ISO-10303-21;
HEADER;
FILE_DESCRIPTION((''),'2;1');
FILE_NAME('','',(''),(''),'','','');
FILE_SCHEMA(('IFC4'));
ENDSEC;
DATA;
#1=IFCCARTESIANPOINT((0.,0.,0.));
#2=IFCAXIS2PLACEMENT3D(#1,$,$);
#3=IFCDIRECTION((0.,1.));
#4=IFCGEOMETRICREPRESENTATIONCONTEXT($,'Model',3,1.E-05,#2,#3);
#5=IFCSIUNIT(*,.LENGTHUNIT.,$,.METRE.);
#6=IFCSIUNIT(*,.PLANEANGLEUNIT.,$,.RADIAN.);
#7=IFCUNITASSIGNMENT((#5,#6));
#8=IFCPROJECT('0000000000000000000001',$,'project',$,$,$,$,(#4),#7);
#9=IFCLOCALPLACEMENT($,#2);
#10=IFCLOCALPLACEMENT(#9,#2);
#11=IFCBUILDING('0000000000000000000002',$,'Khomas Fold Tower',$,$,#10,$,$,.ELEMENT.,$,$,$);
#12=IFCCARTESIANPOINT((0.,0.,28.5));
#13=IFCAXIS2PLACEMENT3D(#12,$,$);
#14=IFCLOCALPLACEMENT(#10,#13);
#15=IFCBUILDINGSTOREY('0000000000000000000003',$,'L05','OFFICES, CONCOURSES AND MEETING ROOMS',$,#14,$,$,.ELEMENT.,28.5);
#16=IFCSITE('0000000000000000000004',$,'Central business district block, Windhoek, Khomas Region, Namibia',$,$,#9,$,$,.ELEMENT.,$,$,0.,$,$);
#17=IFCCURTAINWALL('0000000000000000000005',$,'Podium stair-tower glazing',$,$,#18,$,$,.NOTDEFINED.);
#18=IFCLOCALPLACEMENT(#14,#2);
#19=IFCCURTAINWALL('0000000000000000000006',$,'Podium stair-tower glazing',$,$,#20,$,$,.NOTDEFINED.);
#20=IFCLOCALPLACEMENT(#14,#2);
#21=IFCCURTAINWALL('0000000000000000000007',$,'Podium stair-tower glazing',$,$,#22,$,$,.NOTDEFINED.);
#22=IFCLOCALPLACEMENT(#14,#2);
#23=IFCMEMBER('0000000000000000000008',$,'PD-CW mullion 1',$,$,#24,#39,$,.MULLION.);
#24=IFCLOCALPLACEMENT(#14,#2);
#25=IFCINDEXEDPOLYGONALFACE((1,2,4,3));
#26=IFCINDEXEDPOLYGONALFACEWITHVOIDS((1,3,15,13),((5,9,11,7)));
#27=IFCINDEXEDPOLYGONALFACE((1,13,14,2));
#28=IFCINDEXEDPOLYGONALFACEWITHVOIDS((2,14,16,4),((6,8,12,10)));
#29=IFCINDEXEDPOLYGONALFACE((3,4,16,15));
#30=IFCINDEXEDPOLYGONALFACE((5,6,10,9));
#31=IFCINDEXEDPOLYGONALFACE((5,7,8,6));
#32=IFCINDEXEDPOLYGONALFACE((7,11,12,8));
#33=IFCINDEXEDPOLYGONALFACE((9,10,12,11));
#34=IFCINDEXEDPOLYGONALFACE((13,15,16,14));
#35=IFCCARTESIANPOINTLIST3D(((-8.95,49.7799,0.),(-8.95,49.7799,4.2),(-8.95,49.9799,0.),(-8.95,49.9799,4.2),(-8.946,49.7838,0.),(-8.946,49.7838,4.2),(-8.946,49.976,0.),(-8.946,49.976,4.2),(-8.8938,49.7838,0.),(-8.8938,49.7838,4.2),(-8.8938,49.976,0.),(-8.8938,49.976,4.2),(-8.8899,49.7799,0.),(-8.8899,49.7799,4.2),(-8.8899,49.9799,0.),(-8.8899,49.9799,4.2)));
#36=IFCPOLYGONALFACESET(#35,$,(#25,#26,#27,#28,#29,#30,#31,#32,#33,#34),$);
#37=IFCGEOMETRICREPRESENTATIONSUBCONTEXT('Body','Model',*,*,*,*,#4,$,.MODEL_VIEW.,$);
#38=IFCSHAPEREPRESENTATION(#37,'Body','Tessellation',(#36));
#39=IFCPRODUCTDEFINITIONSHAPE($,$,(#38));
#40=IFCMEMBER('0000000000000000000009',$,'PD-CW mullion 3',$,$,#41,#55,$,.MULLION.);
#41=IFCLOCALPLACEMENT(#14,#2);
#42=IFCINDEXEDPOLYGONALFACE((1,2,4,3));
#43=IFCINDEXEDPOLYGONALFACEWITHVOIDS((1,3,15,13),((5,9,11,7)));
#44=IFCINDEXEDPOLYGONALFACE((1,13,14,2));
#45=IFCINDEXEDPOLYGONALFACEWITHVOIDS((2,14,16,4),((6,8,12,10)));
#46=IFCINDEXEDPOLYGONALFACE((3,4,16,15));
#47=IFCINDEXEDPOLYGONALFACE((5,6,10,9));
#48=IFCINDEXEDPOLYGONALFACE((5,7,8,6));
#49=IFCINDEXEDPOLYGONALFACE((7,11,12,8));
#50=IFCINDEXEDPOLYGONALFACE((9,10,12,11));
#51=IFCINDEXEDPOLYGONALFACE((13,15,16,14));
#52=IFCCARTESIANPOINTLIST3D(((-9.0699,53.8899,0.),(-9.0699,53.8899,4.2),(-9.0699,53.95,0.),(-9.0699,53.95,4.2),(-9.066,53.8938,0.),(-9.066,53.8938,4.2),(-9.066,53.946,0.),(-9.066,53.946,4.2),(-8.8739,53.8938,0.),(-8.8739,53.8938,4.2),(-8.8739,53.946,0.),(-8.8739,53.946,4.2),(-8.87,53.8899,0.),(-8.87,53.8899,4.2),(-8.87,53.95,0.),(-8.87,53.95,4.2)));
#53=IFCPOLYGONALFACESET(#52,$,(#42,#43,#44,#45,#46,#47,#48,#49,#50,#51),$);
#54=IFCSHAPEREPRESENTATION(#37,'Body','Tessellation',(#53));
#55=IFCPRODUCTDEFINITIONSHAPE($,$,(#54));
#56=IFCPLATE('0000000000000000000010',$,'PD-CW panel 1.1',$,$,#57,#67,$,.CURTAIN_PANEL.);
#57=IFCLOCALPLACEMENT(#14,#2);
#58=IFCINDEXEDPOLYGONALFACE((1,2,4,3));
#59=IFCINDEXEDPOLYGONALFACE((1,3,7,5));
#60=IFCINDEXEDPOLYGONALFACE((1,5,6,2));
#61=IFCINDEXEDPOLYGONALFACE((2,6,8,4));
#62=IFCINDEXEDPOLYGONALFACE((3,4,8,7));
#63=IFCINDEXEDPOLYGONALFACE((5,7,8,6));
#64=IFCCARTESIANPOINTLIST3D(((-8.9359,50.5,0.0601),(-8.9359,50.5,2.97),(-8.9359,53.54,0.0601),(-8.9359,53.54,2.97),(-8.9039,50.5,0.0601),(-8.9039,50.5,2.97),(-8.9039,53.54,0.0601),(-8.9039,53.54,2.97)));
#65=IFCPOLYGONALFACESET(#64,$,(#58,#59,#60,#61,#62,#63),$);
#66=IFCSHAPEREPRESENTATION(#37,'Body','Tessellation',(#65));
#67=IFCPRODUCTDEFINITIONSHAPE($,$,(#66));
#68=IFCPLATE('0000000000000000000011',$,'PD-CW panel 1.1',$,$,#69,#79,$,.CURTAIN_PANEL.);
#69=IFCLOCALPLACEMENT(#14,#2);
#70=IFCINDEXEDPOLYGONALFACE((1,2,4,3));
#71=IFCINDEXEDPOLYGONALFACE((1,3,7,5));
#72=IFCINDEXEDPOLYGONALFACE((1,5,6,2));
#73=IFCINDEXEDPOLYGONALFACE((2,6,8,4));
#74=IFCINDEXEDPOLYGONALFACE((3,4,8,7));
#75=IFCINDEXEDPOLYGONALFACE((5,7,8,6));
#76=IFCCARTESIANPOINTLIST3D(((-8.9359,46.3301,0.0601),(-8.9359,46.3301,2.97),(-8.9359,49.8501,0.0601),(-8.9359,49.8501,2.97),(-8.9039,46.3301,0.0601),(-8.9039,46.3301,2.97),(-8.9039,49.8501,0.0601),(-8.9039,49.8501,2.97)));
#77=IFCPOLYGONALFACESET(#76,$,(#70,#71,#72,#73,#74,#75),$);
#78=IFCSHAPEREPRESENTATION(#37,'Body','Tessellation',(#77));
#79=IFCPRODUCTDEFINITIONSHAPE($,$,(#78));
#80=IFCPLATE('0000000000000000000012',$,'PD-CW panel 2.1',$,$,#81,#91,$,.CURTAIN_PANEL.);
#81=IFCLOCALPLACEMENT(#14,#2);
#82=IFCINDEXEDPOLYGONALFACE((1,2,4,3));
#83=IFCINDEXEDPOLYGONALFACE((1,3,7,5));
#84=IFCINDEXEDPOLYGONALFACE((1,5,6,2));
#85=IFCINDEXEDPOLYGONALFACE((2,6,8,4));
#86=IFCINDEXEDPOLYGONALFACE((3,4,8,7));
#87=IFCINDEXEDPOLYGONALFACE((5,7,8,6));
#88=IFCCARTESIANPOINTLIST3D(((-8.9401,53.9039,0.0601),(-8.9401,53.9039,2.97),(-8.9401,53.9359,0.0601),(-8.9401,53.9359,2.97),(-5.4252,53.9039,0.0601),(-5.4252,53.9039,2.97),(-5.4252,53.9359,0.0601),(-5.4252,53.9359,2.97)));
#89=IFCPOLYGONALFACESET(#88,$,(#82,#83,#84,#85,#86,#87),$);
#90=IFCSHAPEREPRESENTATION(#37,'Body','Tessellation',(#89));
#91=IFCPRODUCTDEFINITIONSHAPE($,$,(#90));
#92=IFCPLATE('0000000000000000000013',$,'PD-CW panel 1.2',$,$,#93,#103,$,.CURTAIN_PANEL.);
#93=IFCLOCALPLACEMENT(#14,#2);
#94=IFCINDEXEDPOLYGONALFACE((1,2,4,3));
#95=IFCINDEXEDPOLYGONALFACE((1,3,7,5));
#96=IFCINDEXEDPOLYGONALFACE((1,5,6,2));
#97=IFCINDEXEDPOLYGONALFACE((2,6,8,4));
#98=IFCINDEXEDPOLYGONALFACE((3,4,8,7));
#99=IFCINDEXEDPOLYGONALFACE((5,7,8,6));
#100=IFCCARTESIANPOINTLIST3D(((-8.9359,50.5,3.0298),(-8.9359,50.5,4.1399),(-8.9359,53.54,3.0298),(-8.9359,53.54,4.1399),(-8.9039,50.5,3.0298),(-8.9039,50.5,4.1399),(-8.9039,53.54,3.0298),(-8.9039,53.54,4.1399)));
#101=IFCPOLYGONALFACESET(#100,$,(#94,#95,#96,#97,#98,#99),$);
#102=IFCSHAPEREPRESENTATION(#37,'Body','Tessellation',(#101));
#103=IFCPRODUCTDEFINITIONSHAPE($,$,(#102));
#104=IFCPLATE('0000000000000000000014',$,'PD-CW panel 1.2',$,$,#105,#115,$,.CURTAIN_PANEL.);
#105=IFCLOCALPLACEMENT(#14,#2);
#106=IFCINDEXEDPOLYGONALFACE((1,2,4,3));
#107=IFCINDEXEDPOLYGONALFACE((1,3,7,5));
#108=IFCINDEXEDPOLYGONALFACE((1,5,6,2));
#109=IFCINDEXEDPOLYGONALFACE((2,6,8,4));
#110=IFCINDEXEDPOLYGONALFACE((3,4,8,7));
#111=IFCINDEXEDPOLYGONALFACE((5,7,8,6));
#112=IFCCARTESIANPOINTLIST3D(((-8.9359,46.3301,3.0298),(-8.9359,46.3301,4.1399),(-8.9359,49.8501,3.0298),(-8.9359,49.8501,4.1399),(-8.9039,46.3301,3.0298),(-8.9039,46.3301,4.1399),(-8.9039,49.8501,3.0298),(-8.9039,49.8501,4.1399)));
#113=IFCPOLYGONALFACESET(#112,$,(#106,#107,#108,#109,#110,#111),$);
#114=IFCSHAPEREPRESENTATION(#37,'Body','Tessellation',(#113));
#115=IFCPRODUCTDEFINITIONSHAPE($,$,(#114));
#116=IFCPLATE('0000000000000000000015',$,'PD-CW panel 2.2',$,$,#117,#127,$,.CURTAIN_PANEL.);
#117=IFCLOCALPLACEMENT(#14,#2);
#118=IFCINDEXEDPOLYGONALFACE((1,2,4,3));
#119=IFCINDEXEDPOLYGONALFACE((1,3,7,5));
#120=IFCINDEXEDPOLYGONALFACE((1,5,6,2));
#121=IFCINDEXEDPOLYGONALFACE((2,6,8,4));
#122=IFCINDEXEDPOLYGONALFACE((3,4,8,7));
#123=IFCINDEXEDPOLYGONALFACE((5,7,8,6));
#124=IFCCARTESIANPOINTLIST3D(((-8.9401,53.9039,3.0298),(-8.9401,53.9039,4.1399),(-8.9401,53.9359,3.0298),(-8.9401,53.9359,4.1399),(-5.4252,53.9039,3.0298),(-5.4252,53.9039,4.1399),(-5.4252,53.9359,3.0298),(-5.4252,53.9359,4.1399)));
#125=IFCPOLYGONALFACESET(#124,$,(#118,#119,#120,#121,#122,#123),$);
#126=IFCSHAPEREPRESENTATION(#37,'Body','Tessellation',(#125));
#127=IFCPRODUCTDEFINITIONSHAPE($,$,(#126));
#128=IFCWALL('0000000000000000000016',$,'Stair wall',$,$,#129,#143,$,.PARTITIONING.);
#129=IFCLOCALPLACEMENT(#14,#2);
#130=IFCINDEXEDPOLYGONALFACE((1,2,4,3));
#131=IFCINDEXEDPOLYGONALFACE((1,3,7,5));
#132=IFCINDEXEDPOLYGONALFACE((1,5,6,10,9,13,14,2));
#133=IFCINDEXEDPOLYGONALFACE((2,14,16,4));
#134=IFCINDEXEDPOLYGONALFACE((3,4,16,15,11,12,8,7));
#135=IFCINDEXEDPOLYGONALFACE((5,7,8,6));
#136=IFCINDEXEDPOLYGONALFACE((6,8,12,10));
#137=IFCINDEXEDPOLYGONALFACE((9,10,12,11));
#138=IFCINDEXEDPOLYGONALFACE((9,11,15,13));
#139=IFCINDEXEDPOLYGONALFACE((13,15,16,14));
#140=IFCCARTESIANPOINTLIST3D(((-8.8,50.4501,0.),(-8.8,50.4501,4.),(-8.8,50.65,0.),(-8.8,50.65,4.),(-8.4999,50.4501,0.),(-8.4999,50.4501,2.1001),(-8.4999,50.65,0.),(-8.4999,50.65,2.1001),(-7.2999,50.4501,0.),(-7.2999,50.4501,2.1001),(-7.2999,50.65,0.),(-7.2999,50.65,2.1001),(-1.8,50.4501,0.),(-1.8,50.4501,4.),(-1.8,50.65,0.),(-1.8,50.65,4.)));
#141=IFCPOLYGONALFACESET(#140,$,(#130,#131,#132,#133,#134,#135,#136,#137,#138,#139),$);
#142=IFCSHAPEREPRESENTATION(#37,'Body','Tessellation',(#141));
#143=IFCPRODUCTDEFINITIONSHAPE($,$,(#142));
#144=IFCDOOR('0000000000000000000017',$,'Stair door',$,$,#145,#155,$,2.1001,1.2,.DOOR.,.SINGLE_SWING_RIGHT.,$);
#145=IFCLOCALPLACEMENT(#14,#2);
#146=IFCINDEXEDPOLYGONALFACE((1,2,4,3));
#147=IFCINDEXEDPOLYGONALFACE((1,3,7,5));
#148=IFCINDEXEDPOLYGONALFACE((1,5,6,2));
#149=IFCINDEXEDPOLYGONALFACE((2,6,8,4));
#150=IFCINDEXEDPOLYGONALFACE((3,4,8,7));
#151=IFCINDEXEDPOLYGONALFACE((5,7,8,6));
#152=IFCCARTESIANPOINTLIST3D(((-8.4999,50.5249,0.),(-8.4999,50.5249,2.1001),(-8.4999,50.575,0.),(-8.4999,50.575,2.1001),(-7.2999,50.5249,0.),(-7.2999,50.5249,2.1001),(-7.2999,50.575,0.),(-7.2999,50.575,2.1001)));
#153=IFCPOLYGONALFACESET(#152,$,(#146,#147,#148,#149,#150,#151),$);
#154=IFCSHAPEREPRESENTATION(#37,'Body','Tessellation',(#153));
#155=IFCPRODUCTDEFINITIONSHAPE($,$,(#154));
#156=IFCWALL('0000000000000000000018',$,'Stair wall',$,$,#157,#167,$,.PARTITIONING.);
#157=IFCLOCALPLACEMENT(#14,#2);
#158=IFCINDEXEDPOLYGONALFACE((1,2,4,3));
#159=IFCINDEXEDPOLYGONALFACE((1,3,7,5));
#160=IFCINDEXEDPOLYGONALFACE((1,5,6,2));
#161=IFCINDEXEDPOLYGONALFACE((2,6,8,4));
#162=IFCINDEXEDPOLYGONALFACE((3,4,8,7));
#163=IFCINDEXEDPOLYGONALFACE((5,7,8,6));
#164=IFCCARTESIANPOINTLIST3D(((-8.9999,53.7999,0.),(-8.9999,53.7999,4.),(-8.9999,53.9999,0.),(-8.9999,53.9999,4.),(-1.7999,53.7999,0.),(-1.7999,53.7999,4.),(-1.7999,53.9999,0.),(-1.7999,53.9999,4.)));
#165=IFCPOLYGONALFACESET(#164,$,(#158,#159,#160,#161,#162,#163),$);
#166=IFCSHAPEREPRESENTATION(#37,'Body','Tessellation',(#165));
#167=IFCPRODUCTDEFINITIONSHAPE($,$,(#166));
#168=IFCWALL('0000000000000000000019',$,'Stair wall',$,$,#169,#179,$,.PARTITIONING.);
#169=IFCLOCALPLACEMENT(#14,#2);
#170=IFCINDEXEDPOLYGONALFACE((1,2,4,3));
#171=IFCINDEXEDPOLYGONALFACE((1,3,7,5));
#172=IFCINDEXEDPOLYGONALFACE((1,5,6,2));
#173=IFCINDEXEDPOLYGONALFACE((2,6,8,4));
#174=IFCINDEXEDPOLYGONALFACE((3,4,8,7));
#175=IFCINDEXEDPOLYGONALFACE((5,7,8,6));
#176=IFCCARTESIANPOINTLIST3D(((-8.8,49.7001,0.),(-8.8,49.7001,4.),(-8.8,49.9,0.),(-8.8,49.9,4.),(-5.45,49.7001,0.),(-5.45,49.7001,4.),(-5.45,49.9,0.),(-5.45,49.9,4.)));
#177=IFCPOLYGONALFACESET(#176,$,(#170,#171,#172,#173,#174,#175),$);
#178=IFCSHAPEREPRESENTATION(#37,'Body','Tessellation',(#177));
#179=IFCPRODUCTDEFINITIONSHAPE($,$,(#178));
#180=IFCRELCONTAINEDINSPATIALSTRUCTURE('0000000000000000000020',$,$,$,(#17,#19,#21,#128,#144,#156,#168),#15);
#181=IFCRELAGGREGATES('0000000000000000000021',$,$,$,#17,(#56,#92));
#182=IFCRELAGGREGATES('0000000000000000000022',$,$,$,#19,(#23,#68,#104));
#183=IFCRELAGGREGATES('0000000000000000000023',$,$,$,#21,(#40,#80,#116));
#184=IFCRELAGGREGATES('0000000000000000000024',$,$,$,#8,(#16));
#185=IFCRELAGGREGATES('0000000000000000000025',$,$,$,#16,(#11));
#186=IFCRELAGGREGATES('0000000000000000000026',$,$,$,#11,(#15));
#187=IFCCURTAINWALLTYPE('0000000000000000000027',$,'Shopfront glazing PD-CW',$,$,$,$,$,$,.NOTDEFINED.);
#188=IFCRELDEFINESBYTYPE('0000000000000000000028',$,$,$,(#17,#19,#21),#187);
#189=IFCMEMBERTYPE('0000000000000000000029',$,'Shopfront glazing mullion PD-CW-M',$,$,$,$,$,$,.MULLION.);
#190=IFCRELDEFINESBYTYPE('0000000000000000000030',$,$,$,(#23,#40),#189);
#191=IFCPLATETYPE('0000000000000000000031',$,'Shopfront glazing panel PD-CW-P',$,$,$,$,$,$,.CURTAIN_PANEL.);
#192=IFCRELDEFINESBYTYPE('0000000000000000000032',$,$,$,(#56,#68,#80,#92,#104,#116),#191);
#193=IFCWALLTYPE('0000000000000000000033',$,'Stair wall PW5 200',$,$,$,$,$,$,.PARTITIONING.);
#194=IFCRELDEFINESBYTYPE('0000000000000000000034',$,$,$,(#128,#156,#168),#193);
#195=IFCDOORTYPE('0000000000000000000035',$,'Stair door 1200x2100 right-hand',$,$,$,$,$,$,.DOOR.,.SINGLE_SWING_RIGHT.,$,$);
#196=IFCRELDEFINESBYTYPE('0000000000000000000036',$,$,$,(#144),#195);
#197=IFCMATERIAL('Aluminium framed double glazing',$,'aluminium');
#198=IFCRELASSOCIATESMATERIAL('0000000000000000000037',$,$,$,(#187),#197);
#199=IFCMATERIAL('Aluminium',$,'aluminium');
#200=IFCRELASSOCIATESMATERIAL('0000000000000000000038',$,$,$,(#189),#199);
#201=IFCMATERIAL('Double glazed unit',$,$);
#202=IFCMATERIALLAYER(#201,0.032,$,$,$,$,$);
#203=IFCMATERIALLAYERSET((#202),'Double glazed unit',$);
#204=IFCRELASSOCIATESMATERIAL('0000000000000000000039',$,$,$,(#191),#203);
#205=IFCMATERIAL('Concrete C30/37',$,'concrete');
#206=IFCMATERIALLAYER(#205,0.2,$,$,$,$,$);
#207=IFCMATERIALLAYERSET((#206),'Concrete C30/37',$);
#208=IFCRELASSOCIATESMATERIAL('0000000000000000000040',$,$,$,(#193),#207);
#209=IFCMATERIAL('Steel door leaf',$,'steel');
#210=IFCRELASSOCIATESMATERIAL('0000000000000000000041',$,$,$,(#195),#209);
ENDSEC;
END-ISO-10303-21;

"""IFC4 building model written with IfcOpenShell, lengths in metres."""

from ifc_helpers import new_model, si_unit, direction, frame, frame_2d, origin, origin_2d, place, context, subcontext, project, spatial, rectangle, hollow_rectangle, extrude, source, transform, mapped, material, layer, layer_set, material_profile, profile_set, type_object, element, fill, aggregate, save


model = new_model("IFC4")

# Units and contexts
model_context = context("Model", 3, precision=1e-05, world=origin(), true_north=direction((0.0, 1.0)))
body_context = subcontext(model_context, "Body", "Model", "MODEL_VIEW")
ifc_project = project(units=[si_unit("LENGTHUNIT", "METRE"), si_unit("PLANEANGLEUNIT", "RADIAN")], contexts=[model_context])

# Site, building, storey
site_placement = place(None, origin())
site = spatial("IfcSite", under=ifc_project, at=site_placement, Name="Central business district block, Windhoek, Khomas Region, Namibia", CompositionType="ELEMENT", RefElevation=0.0)
building_placement = place(site_placement, origin())
building = spatial("IfcBuilding", under=site, at=building_placement, Name="Khomas Fold Tower", CompositionType="ELEMENT")
storey_placement = place(building_placement, frame((0.0, 0.0, 28.5)))
storey = spatial("IfcBuildingStorey", under=building, at=storey_placement, Name="L05", Description="OFFICES, CONCOURSES AND MEETING ROOMS", CompositionType="ELEMENT", Elevation=28.5)

# Curtain walls
ifc_material_1 = material(Name="Aluminium framed double glazing", Category="aluminium")
curtain_wall_type = type_object("IfcCurtainWallType", Name="Shopfront glazing PD-CW", PredefinedType="NOTDEFINED", material=ifc_material_1)
curtain_wall_1_placement = place(storey_placement, origin())
curtain_wall_1 = element("IfcCurtainWall", 1, at=curtain_wall_1_placement, inside=storey, type_object=curtain_wall_type, Name="Podium stair-tower glazing", PredefinedType="NOTDEFINED")
curtain_wall_2_placement = place(storey_placement, origin())
curtain_wall_2 = element("IfcCurtainWall", 2, at=curtain_wall_2_placement, inside=storey, type_object=curtain_wall_type, Name="Podium stair-tower glazing", PredefinedType="NOTDEFINED")
curtain_wall_3_placement = place(storey_placement, origin())
curtain_wall_3 = element("IfcCurtainWall", 3, at=curtain_wall_3_placement, inside=storey, type_object=curtain_wall_type, Name="Podium stair-tower glazing", PredefinedType="NOTDEFINED")

# Members
ifc_material_2 = material(Name="Aluminium", Category="aluminium")
ifc_material_profile_1 = material_profile(ifc_material_2, hollow_rectangle(XDim=0.0601, YDim=0.2, WallThickness=0.0039, at=origin_2d()), Name="Shopfront glazing mullion PD-CW-M")
ifc_profile_set_1 = profile_set([ifc_material_profile_1], Name="Aluminium")
member_type_1 = type_object("IfcMemberType", Name="Shopfront glazing mullion PD-CW-M", PredefinedType="MULLION", material=ifc_profile_set_1)
shared_shape_1 = source(origin(), body_context, "Body", "SweptSolid", [
    extrude(hollow_rectangle(XDim=0.0601, YDim=0.2, WallThickness=0.0039, at=origin_2d()), origin(), (0.0, 0.0, 1.0), 4.2),
])
member_1_placement = place(storey_placement, frame((-8.9199, 49.8799, 0.0), z_axis=(0.0, 0.0, 1.0), x_axis=(1.0, 0.0, 0.0)))
member_1 = element("IfcMember", 4, at=member_1_placement, type_object=member_type_1, Name="PD-CW mullion 1", PredefinedType="MULLION", context=body_context, shape_type="MappedRepresentation", body=[
    mapped(shared_shape_1, transform((0.0, 0.0, 0.0))),
])
member_2_placement = place(storey_placement, frame((-8.97, 53.9199, 0.0), z_axis=(0.0, 0.0, 1.0), x_axis=(0.0, -1.0, 0.0)))
member_2 = element("IfcMember", 5, at=member_2_placement, type_object=member_type_1, Name="PD-CW mullion 3", PredefinedType="MULLION", context=body_context, shape_type="MappedRepresentation", body=[
    mapped(shared_shape_1, transform((0.0, 0.0, 0.0))),
])

# Plates
ifc_material_3 = material(Name="Double glazed unit")
ifc_layer_1 = layer(ifc_material_3, 0.032)
ifc_layer_set_1 = layer_set([ifc_layer_1], Name="Double glazed unit")
plate_type = type_object("IfcPlateType", Name="Shopfront glazing panel PD-CW-P", PredefinedType="CURTAIN_PANEL", material=ifc_layer_set_1)
shared_shape_2 = source(origin(), body_context, "Body", "SweptSolid", [
    extrude(rectangle(XDim=3.04, YDim=0.032, at=origin_2d()), origin(), (0.0, 0.0, 1.0), 2.9099),
])
plate_1_placement = place(storey_placement, frame((-8.9199, 52.02, 0.0601), z_axis=(0.0, 0.0, 1.0), x_axis=(0.0, -1.0, 0.0)))
plate_1 = element("IfcPlate", 6, at=plate_1_placement, type_object=plate_type, Name="PD-CW panel 1.1", PredefinedType="CURTAIN_PANEL", context=body_context, shape_type="MappedRepresentation", body=[
    mapped(shared_shape_2, transform((0.0, 0.0, 0.0))),
])
shared_shape_3 = source(origin(), body_context, "Body", "SweptSolid", [
    extrude(rectangle(XDim=3.52, YDim=0.032, at=origin_2d()), origin(), (0.0, 0.0, 1.0), 2.9099),
])
plate_2_placement = place(storey_placement, frame((-8.9199, 48.0901, 0.0601), z_axis=(0.0, 0.0, 1.0), x_axis=(0.0, -1.0, 0.0)))
plate_2 = element("IfcPlate", 7, at=plate_2_placement, type_object=plate_type, Name="PD-CW panel 1.1", PredefinedType="CURTAIN_PANEL", context=body_context, shape_type="MappedRepresentation", body=[
    mapped(shared_shape_3, transform((0.0, 0.0, 0.0))),
])
shared_shape_4 = source(origin(), body_context, "Body", "SweptSolid", [
    extrude(rectangle(XDim=3.5149, YDim=0.032, at=origin_2d()), origin(), (0.0, 0.0, 1.0), 2.9099),
])
plate_3_placement = place(storey_placement, frame((-7.1826, 53.9199, 0.0601), z_axis=(0.0, 0.0, 1.0), x_axis=(-1.0, 0.0, 0.0)))
plate_3 = element("IfcPlate", 8, at=plate_3_placement, type_object=plate_type, Name="PD-CW panel 2.1", PredefinedType="CURTAIN_PANEL", context=body_context, shape_type="MappedRepresentation", body=[
    mapped(shared_shape_4, transform((0.0, 0.0, 0.0))),
])
shared_shape_5 = source(origin(), body_context, "Body", "SweptSolid", [
    extrude(rectangle(XDim=3.04, YDim=0.032, at=origin_2d()), origin(), (0.0, 0.0, 1.0), 1.1101),
])
plate_4_placement = place(storey_placement, frame((-8.9199, 52.02, 3.0298), z_axis=(0.0, 0.0, 1.0), x_axis=(0.0, -1.0, 0.0)))
plate_4 = element("IfcPlate", 9, at=plate_4_placement, type_object=plate_type, Name="PD-CW panel 1.2", PredefinedType="CURTAIN_PANEL", context=body_context, shape_type="MappedRepresentation", body=[
    mapped(shared_shape_5, transform((0.0, 0.0, 0.0))),
])
aggregate(curtain_wall_1, [plate_1, plate_4])
shared_shape_6 = source(origin(), body_context, "Body", "SweptSolid", [
    extrude(rectangle(XDim=3.52, YDim=0.032, at=origin_2d()), origin(), (0.0, 0.0, 1.0), 1.1101),
])
plate_5_placement = place(storey_placement, frame((-8.9199, 48.0901, 3.0298), z_axis=(0.0, 0.0, 1.0), x_axis=(0.0, -1.0, 0.0)))
plate_5 = element("IfcPlate", 10, at=plate_5_placement, type_object=plate_type, Name="PD-CW panel 1.2", PredefinedType="CURTAIN_PANEL", context=body_context, shape_type="MappedRepresentation", body=[
    mapped(shared_shape_6, transform((0.0, 0.0, 0.0))),
])
aggregate(curtain_wall_2, [member_1, plate_2, plate_5])
shared_shape_7 = source(origin(), body_context, "Body", "SweptSolid", [
    extrude(rectangle(XDim=3.5149, YDim=0.032, at=origin_2d()), origin(), (0.0, 0.0, 1.0), 1.1101),
])
plate_6_placement = place(storey_placement, frame((-7.1826, 53.9199, 3.0298), z_axis=(0.0, 0.0, 1.0), x_axis=(-1.0, 0.0, 0.0)))
plate_6 = element("IfcPlate", 11, at=plate_6_placement, type_object=plate_type, Name="PD-CW panel 2.2", PredefinedType="CURTAIN_PANEL", context=body_context, shape_type="MappedRepresentation", body=[
    mapped(shared_shape_7, transform((0.0, 0.0, 0.0))),
])
aggregate(curtain_wall_3, [member_2, plate_3, plate_6])

# Wall, opening, door
ifc_material_4 = material(Name="Concrete C30/37", Category="concrete")
ifc_layer_2 = layer(ifc_material_4, 0.2)
ifc_layer_set_2 = layer_set([ifc_layer_2], Name="Concrete C30/37")
wall_type = type_object("IfcWallType", Name="Stair wall PW5 200", PredefinedType="PARTITIONING", material=ifc_layer_set_2)
shared_shape_8 = source(origin(), body_context, "Body", "SweptSolid", [
    extrude(rectangle(XDim=7.0, YDim=0.2, at=frame_2d((3.5, 0.0))), origin(), (0.0, 0.0, 1.0), 4.0),
])
wall_1_placement = place(storey_placement, frame((-8.8, 50.55, 0.0), z_axis=(0.0, 0.0, 1.0), x_axis=(1.0, 0.0, 0.0)))
wall_1 = element("IfcWall", 12, at=wall_1_placement, inside=storey, type_object=wall_type, Name="Stair wall", PredefinedType="PARTITIONING", context=body_context, shape_type="MappedRepresentation", body=[
    mapped(shared_shape_8, transform((0.0, 0.0, 0.0))),
])
shared_shape_9 = source(origin(), body_context, "Body", "SweptSolid", [
    extrude(rectangle(XDim=1.2, YDim=2.1001, at=frame_2d((0.6001, 1.05))), frame((0.0, 0.1099, 0.0), z_axis=(0.0, -1.0, 0.0), x_axis=(1.0, 0.0, 0.0)), (0.0, 0.0, 1.0), 0.22),
])
opening_placement = place(wall_1_placement, frame((0.3, 0.0, 0.0)))
opening = element("IfcOpeningElement", 13, at=opening_placement, cuts=wall_1, PredefinedType="OPENING", context=body_context, shape_type="MappedRepresentation", body=[
    mapped(shared_shape_9, transform((0.0, 0.0, 0.0))),
])
ifc_material_5 = material(Name="Steel door leaf", Category="steel")
door_type = type_object("IfcDoorType", Name="Stair door 1200x2100 right-hand", OperationType="SINGLE_SWING_RIGHT", PredefinedType="DOOR", material=ifc_material_5)
shared_shape_10 = source(origin(), body_context, "Body", "SweptSolid", [
    extrude(rectangle(XDim=1.2, YDim=2.1001, at=frame_2d((0.6001, 1.05))), frame((0.0, 0.0249, 0.0), z_axis=(0.0, -1.0, 0.0), x_axis=(1.0, 0.0, 0.0)), (0.0, 0.0, 1.0), 0.05),
])
door_placement = place(opening_placement, origin())
door = element("IfcDoor", 14, at=door_placement, inside=storey, type_object=door_type, Name="Stair door", OperationType="SINGLE_SWING_RIGHT", OverallHeight=2.1001, OverallWidth=1.2, PredefinedType="DOOR", context=body_context, shape_type="MappedRepresentation", body=[
    mapped(shared_shape_10, transform((0.0, 0.0, 0.0))),
])
fill(opening, door)

# Walls
shared_shape_11 = source(origin(), body_context, "Body", "SweptSolid", [
    extrude(rectangle(XDim=7.2, YDim=0.2, at=frame_2d((3.6001, 0.0))), origin(), (0.0, 0.0, 1.0), 4.0),
])
wall_2_placement = place(storey_placement, frame((-9.0, 53.8999, 0.0), z_axis=(0.0, 0.0, 1.0), x_axis=(1.0, 0.0, 0.0)))
element("IfcWall", 15, at=wall_2_placement, inside=storey, type_object=wall_type, Name="Stair wall", PredefinedType="PARTITIONING", context=body_context, shape_type="MappedRepresentation", body=[
    mapped(shared_shape_11, transform((0.0, 0.0, 0.0))),
])
shared_shape_12 = source(origin(), body_context, "Body", "SweptSolid", [
    extrude(rectangle(XDim=3.3501, YDim=0.2, at=frame_2d((1.675, 0.0))), origin(), (0.0, 0.0, 1.0), 4.0),
])
wall_3_placement = place(storey_placement, frame((-8.8, 49.8, 0.0), z_axis=(0.0, 0.0, 1.0), x_axis=(1.0, 0.0, 0.0)))
element("IfcWall", 16, at=wall_3_placement, inside=storey, type_object=wall_type, Name="Stair wall", PredefinedType="PARTITIONING", context=body_context, shape_type="MappedRepresentation", body=[
    mapped(shared_shape_12, transform((0.0, 0.0, 0.0))),
])

save(model, "model.ifc")
